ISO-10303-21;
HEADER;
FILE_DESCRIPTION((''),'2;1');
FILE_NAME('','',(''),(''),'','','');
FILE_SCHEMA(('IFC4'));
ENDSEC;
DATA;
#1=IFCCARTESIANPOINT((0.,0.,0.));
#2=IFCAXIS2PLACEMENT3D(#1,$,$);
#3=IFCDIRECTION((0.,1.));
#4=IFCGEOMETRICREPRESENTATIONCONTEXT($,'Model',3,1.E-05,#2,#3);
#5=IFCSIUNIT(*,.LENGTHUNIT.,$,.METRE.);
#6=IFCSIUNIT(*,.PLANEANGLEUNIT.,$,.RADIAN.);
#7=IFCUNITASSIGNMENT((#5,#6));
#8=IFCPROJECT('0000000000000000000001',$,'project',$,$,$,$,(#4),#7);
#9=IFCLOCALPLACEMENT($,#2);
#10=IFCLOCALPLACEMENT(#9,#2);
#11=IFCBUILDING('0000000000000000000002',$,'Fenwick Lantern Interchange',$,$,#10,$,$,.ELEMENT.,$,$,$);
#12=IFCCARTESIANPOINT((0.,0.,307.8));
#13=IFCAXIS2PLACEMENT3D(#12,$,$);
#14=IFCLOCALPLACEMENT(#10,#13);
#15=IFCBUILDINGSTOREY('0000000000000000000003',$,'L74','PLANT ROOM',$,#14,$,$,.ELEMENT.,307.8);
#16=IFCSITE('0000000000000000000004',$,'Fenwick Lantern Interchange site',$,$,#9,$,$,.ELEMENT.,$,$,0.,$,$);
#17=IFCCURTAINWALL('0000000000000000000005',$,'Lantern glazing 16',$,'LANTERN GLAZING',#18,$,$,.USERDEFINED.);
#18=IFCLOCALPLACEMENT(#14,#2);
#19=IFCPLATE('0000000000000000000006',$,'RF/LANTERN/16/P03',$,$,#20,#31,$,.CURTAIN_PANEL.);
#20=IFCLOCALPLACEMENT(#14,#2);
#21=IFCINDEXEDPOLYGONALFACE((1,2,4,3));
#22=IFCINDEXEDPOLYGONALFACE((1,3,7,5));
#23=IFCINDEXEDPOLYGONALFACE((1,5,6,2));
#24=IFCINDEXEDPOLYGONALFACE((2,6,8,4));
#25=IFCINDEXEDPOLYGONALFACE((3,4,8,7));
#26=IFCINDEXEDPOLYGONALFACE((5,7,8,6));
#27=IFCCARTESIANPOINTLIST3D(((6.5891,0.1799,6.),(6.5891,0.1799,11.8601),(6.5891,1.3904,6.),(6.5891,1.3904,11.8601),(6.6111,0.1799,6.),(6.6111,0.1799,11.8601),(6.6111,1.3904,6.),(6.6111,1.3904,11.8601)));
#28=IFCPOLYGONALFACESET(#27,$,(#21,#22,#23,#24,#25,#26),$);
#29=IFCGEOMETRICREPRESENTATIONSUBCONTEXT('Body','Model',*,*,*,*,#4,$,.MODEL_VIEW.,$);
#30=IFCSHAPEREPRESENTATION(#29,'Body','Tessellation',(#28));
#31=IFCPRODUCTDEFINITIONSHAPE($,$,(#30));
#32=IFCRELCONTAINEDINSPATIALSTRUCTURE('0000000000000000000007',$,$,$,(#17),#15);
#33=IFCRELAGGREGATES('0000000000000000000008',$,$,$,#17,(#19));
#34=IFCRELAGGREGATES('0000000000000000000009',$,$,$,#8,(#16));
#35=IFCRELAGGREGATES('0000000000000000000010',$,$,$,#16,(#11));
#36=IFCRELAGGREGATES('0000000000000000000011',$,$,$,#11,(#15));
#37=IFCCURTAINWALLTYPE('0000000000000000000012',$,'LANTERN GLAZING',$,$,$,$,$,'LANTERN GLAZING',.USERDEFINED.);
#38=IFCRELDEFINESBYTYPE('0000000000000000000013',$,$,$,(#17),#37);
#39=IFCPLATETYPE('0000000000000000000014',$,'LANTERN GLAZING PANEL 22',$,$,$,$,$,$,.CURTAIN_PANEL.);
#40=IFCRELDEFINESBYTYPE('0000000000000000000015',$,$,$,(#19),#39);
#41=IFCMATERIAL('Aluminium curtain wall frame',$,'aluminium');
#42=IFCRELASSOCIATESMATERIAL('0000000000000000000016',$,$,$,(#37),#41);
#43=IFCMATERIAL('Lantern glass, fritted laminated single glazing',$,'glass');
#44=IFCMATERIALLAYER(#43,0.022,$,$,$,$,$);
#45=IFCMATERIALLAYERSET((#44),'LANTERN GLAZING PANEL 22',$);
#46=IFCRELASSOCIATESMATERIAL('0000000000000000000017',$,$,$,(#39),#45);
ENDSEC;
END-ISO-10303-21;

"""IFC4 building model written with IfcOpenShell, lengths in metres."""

from ifc_helpers import new_model, si_unit, direction, frame, origin, origin_2d, place, context, subcontext, project, spatial, rectangle, extrude, material, layer, layer_set, type_object, element, aggregate, save


model = new_model("IFC4")

# Units and contexts
model_context = context("Model", 3, precision=1e-05, world=origin(), true_north=direction((0.0, 1.0)))
body_context = subcontext(model_context, "Body", "Model", "MODEL_VIEW")
ifc_project = project(units=[si_unit("LENGTHUNIT", "METRE"), si_unit("PLANEANGLEUNIT", "RADIAN")], contexts=[model_context])

# Site, building, storey
site_placement = place(None, origin())
site = spatial("IfcSite", under=ifc_project, at=site_placement, Name="Fenwick Lantern Interchange site", CompositionType="ELEMENT", RefElevation=0.0)
building_placement = place(site_placement, origin())
building = spatial("IfcBuilding", under=site, at=building_placement, Name="Fenwick Lantern Interchange", CompositionType="ELEMENT")
storey_placement = place(building_placement, frame((0.0, 0.0, 307.8)))
storey = spatial("IfcBuildingStorey", under=building, at=storey_placement, Name="L74", Description="PLANT ROOM", CompositionType="ELEMENT", Elevation=307.8)

# Shared definitions
ifc_material_1 = material(Name="Aluminium curtain wall frame", Category="aluminium")
curtain_wall_type = type_object("IfcCurtainWallType", Name="LANTERN GLAZING", ElementType="LANTERN GLAZING", PredefinedType="USERDEFINED", material=ifc_material_1)

# Curtain wall
curtain_wall_1_placement = place(storey_placement, origin())
curtain_wall_1 = element("IfcCurtainWall", 1, at=curtain_wall_1_placement, inside=storey, type_object=curtain_wall_type, Name="Lantern glazing 16", ObjectType="LANTERN GLAZING", PredefinedType="USERDEFINED")

# Plate
ifc_material_2 = material(Name="Lantern glass, fritted laminated single glazing", Category="glass")
ifc_layer = layer(ifc_material_2, 0.022)
ifc_layer_set = layer_set([ifc_layer], Name="LANTERN GLAZING PANEL 22")
plate_type = type_object("IfcPlateType", Name="LANTERN GLAZING PANEL 22", PredefinedType="CURTAIN_PANEL", material=ifc_layer_set)
plate_1_placement = place(storey_placement, frame((6.6001, 0.7852, 6.0), z_axis=(0.0, 0.0, 1.0), x_axis=(0.0, -1.0, 0.0)))
plate_1 = element("IfcPlate", 2, at=plate_1_placement, type_object=plate_type, Name="RF/LANTERN/16/P03", PredefinedType="CURTAIN_PANEL", context=body_context, shape_type="SweptSolid", body=[
    extrude(rectangle(XDim=1.2104, YDim=0.022, at=origin_2d()), origin(), (0.0, 0.0, 1.0), 5.8601),
])
aggregate(curtain_wall_1, [plate_1])

save(model, "model.ifc")
